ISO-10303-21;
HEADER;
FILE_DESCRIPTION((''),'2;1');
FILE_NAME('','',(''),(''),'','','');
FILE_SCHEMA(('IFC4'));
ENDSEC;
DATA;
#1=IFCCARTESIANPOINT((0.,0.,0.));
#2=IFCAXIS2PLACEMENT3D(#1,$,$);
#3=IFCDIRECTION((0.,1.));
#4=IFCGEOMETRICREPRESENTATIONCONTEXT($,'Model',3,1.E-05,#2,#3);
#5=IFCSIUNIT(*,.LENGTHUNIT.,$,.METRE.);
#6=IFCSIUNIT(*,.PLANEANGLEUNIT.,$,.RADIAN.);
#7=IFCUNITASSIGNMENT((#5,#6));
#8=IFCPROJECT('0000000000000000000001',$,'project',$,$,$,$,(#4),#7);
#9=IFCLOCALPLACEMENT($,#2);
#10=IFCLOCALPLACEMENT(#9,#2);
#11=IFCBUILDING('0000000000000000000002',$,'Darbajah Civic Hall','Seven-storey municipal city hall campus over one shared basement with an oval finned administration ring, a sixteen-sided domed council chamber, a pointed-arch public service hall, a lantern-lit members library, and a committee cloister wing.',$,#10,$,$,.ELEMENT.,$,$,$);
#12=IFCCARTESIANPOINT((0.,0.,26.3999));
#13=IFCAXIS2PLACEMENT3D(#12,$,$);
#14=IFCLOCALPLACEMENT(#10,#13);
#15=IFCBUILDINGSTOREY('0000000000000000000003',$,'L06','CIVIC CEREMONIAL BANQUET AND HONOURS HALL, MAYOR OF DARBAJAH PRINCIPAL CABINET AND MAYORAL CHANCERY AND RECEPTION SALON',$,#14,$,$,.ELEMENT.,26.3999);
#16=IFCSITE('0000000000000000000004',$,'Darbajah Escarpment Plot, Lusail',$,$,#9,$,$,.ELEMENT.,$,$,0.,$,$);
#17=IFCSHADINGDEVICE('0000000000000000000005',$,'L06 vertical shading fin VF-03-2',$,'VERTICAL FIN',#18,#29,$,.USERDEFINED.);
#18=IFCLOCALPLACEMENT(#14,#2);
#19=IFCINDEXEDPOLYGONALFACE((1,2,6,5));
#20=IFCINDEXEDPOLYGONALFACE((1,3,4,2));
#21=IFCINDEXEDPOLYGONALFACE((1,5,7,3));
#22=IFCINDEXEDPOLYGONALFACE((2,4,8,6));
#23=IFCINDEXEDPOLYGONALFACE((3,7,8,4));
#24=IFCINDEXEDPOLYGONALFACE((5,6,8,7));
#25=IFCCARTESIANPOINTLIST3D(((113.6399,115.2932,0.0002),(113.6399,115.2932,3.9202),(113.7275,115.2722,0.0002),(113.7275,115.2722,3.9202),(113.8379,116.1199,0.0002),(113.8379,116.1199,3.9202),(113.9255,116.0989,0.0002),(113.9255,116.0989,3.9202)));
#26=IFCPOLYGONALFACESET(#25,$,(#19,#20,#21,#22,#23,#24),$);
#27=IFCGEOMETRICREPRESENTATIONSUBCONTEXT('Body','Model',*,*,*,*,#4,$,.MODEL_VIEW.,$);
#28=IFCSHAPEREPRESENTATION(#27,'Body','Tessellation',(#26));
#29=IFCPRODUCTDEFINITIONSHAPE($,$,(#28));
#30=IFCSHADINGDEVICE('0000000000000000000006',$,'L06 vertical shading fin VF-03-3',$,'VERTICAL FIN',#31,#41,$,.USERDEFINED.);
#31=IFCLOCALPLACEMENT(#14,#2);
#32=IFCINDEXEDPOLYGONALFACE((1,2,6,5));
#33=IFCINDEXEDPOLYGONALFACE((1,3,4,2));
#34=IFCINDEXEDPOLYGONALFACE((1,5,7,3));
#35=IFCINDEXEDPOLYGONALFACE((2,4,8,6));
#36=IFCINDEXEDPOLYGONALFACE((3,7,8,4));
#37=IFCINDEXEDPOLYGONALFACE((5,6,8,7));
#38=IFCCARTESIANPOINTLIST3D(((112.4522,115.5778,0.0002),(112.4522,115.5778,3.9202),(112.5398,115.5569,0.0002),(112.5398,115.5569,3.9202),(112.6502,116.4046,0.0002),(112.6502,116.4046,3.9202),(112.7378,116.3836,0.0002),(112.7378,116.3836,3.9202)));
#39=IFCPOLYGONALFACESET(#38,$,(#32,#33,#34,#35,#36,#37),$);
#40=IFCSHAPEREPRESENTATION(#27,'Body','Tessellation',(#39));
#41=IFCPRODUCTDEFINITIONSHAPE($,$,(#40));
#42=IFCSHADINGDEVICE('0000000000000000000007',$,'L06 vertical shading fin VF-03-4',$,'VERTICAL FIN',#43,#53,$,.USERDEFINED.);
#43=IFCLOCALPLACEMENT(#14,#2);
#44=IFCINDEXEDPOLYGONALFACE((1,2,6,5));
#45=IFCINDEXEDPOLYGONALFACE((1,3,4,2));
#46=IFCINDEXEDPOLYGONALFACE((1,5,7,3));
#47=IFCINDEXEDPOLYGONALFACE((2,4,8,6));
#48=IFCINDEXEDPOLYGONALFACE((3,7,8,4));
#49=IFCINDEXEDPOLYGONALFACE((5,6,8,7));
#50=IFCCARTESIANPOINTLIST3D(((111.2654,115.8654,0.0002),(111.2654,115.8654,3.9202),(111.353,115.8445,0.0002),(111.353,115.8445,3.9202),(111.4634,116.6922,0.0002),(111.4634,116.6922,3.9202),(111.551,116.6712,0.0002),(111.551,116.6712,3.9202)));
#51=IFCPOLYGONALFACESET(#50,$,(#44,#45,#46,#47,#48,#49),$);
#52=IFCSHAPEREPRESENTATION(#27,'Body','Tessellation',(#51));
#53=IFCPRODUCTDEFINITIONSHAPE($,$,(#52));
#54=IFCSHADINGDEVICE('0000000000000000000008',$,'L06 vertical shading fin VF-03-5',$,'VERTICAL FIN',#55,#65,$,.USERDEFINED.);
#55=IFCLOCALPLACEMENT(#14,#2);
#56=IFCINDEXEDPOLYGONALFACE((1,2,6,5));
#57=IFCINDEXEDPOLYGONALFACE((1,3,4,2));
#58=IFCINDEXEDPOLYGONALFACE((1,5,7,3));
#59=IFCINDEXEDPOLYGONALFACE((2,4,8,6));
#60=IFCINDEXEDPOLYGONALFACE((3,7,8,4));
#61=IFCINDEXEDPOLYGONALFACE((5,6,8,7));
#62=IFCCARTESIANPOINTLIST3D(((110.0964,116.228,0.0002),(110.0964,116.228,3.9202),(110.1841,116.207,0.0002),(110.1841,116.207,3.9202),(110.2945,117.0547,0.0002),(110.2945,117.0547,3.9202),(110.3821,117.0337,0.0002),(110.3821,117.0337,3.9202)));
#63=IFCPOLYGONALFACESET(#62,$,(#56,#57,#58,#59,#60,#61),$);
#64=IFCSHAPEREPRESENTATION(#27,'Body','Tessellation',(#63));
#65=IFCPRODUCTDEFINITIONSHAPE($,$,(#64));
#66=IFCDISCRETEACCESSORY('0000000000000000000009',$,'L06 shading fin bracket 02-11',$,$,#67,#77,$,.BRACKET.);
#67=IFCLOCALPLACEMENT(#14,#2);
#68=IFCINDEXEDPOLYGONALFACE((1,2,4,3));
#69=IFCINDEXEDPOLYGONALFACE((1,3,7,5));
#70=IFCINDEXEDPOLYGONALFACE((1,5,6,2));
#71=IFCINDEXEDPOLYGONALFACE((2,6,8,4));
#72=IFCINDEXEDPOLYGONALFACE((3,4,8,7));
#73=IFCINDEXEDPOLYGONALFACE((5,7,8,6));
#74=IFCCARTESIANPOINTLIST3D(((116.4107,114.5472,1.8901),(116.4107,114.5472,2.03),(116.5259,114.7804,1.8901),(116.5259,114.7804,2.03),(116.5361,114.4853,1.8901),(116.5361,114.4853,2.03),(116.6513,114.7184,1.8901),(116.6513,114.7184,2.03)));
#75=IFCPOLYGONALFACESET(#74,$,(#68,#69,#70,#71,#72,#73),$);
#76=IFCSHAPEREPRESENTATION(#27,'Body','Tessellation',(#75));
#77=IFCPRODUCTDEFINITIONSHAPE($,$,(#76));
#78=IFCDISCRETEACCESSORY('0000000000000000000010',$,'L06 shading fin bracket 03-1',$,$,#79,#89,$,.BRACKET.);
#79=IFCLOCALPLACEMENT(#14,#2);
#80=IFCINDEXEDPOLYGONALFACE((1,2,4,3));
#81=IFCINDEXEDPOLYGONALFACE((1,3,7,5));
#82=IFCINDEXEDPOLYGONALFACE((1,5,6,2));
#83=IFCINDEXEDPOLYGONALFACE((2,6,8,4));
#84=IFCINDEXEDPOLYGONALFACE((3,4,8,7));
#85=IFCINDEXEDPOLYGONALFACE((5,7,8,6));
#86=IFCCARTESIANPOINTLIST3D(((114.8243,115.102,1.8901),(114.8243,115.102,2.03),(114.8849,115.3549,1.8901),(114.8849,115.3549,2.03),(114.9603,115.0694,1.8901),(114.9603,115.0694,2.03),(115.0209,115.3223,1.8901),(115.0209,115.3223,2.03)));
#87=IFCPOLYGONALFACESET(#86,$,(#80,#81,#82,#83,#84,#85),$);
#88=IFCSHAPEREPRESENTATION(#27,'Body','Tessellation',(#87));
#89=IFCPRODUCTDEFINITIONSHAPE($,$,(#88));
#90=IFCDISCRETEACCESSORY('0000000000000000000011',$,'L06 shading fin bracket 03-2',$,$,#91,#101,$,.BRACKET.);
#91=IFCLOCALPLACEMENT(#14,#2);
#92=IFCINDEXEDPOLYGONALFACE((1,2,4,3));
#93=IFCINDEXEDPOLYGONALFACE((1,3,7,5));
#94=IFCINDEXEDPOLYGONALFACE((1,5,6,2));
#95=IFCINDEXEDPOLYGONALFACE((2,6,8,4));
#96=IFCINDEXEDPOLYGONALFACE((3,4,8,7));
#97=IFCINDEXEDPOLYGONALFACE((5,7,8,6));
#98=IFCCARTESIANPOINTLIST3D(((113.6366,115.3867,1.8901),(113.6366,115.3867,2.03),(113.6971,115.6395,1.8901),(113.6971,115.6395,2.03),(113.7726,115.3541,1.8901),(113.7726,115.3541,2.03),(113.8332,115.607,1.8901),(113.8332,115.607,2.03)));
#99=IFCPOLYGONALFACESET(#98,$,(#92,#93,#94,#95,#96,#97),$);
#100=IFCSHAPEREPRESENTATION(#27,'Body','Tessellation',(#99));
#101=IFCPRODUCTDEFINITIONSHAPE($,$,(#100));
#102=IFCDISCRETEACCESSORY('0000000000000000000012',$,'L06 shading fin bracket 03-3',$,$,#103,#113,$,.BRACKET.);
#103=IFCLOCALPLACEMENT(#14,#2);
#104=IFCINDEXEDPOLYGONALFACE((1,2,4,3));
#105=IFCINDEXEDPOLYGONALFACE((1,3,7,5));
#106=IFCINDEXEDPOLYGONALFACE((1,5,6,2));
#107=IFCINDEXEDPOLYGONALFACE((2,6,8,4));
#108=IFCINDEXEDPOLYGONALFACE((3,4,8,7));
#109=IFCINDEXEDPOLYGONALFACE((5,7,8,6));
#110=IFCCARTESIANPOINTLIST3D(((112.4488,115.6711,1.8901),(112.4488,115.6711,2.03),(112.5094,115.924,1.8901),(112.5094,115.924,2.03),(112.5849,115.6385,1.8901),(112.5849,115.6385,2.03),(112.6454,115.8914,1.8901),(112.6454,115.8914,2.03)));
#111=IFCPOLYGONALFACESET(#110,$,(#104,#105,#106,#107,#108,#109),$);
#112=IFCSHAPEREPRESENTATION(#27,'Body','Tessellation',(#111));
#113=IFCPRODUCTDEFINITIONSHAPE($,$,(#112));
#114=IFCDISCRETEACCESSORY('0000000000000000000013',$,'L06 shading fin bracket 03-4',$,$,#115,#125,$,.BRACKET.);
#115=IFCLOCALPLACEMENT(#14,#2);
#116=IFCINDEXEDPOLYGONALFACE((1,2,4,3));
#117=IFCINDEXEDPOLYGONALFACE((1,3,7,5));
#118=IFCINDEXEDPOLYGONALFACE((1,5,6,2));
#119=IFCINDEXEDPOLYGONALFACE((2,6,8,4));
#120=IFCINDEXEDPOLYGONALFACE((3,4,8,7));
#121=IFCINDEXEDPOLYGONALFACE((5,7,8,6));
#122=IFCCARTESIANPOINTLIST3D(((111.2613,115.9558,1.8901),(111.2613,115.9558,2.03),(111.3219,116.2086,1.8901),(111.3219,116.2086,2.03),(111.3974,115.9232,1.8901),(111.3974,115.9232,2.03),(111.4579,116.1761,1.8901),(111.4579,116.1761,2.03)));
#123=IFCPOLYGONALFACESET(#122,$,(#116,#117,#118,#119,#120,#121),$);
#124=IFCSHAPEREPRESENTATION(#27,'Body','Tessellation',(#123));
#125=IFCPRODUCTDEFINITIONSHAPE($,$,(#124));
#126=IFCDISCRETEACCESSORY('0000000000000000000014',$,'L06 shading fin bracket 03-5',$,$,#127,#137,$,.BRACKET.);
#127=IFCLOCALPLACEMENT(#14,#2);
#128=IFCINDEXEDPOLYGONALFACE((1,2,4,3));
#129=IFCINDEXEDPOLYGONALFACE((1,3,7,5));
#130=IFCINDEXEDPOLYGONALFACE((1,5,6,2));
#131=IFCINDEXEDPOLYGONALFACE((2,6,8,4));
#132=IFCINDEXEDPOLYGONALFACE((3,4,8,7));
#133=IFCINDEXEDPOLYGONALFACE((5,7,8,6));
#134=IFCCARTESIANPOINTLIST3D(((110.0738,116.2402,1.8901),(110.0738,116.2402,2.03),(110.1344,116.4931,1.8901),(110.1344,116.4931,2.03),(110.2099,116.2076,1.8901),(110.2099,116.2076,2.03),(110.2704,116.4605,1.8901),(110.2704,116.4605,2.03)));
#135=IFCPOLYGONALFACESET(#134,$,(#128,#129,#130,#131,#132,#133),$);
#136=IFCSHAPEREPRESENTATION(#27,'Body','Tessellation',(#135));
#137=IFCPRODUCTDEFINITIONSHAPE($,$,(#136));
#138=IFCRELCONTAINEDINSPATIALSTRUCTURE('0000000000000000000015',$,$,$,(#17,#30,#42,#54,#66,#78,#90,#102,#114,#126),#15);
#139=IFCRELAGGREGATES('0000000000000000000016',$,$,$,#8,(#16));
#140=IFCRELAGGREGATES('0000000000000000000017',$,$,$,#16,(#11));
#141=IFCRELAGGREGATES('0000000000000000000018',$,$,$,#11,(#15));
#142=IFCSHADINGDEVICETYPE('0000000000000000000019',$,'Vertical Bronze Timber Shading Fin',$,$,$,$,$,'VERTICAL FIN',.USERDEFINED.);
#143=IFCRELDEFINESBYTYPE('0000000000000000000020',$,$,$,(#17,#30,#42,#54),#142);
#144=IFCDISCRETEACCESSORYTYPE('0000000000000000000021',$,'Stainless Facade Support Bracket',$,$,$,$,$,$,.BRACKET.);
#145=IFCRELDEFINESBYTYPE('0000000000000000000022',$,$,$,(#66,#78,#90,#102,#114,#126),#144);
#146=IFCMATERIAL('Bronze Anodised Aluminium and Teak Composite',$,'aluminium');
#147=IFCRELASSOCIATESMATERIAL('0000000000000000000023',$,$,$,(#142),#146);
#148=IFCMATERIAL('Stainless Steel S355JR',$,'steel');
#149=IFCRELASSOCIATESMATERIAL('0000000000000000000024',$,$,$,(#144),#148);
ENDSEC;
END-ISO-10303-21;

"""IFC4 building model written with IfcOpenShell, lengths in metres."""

from ifc_helpers import new_model, si_unit, direction, frame, origin, origin_2d, place, context, subcontext, project, spatial, rectangle, extrude, material, type_object, element, save


model = new_model("IFC4")

# Units and contexts
model_context = context("Model", 3, precision=1e-05, world=origin(), true_north=direction((0.0, 1.0)))
body_context = subcontext(model_context, "Body", "Model", "MODEL_VIEW")
ifc_project = project(units=[si_unit("LENGTHUNIT", "METRE"), si_unit("PLANEANGLEUNIT", "RADIAN")], contexts=[model_context])

# Site, building, storey
site_placement = place(None, origin())
site = spatial("IfcSite", under=ifc_project, at=site_placement, Name="Darbajah Escarpment Plot, Lusail", CompositionType="ELEMENT", RefElevation=0.0)
building_placement = place(site_placement, origin())
building = spatial("IfcBuilding", under=site, at=building_placement, Name="Darbajah Civic Hall", Description="Seven-storey municipal city hall campus over one shared basement with an oval finned administration ring, a sixteen-sided domed council chamber, a pointed-arch public service hall, a lantern-lit members library, and a committee cloister wing.", CompositionType="ELEMENT")
storey_placement = place(building_placement, frame((0.0, 0.0, 26.3999)))
storey = spatial("IfcBuildingStorey", under=building, at=storey_placement, Name="L06", Description="CIVIC CEREMONIAL BANQUET AND HONOURS HALL, MAYOR OF DARBAJAH PRINCIPAL CABINET AND MAYORAL CHANCERY AND RECEPTION SALON", CompositionType="ELEMENT", Elevation=26.3999)

# Shading devices
ifc_material_1 = material(Name="Bronze Anodised Aluminium and Teak Composite", Category="aluminium")
shading_device_type = type_object("IfcShadingDeviceType", Name="Vertical Bronze Timber Shading Fin", ElementType="VERTICAL FIN", PredefinedType="USERDEFINED", material=ifc_material_1)
for number, where, z_axis, x_axis, name in (
    (1, (113.7827, 115.696, 0.0002), (0.0, 0.0, 1.0), (0.232936, 0.972492, 0.0), "L06 vertical shading fin VF-03-2"),
    (2, (112.595, 115.9807, 0.0002), (0.0, 0.0, 1.0), (0.232936, 0.972492, 0.0), "L06 vertical shading fin VF-03-3"),
    (3, (111.4082, 116.2683, 0.0002), (0.0, 0.0, 1.0), (0.232936, 0.972492, 0.0), "L06 vertical shading fin VF-03-4"),
    (4, (110.2393, 116.6309, 0.0002), (0.0, 0.0, 1.0), (0.232936, 0.972492, 0.0), "L06 vertical shading fin VF-03-5"),
):
    element("IfcShadingDevice", number, at=place(storey_placement, frame(where, z_axis=z_axis, x_axis=x_axis)), inside=storey, type_object=shading_device_type, Name=name, ObjectType="VERTICAL FIN", PredefinedType="USERDEFINED", context=body_context, shape_type="SweptSolid", body=[
        extrude(rectangle(XDim=0.8501, YDim=0.0901, at=origin_2d()), origin(), (0.0, 0.0, 1.0), 3.9199),
    ])

# Discrete accessories
ifc_material_2 = material(Name="Stainless Steel S355JR", Category="steel")
discrete_accessory_type = type_object("IfcDiscreteAccessoryType", Name="Stainless Facade Support Bracket", PredefinedType="BRACKET", material=ifc_material_2)
for number, where, z_axis, x_axis, name in (
    (5, (116.531, 114.6328, 1.8901), (0.0, 0.0, 1.0), (0.442915, 0.896564, 0.0), "L06 shading fin bracket 02-11"),
    (6, (114.9226, 115.2122, 1.8901), (0.0, 0.0, 1.0), (0.232936, 0.972492, 0.0), "L06 shading fin bracket 03-1"),
    (7, (113.7349, 115.4968, 1.8901), (0.0, 0.0, 1.0), (0.232936, 0.972492, 0.0), "L06 shading fin bracket 03-2"),
    (8, (112.5471, 115.7812, 1.8901), (0.0, 0.0, 1.0), (0.232936, 0.972492, 0.0), "L06 shading fin bracket 03-3"),
    (9, (111.3596, 116.0659, 1.8901), (0.0, 0.0, 1.0), (0.232936, 0.972492, 0.0), "L06 shading fin bracket 03-4"),
    (10, (110.1721, 116.3503, 1.8901), (0.0, 0.0, 1.0), (0.232936, 0.972492, 0.0), "L06 shading fin bracket 03-5"),
):
    element("IfcDiscreteAccessory", number, at=place(storey_placement, frame(where, z_axis=z_axis, x_axis=x_axis)), inside=storey, type_object=discrete_accessory_type, Name=name, PredefinedType="BRACKET", context=body_context, shape_type="SweptSolid", body=[
        extrude(rectangle(XDim=0.26, YDim=0.1399, at=origin_2d()), origin(), (0.0, 0.0, 1.0), 0.1399),
    ])

save(model, "model.ifc")
